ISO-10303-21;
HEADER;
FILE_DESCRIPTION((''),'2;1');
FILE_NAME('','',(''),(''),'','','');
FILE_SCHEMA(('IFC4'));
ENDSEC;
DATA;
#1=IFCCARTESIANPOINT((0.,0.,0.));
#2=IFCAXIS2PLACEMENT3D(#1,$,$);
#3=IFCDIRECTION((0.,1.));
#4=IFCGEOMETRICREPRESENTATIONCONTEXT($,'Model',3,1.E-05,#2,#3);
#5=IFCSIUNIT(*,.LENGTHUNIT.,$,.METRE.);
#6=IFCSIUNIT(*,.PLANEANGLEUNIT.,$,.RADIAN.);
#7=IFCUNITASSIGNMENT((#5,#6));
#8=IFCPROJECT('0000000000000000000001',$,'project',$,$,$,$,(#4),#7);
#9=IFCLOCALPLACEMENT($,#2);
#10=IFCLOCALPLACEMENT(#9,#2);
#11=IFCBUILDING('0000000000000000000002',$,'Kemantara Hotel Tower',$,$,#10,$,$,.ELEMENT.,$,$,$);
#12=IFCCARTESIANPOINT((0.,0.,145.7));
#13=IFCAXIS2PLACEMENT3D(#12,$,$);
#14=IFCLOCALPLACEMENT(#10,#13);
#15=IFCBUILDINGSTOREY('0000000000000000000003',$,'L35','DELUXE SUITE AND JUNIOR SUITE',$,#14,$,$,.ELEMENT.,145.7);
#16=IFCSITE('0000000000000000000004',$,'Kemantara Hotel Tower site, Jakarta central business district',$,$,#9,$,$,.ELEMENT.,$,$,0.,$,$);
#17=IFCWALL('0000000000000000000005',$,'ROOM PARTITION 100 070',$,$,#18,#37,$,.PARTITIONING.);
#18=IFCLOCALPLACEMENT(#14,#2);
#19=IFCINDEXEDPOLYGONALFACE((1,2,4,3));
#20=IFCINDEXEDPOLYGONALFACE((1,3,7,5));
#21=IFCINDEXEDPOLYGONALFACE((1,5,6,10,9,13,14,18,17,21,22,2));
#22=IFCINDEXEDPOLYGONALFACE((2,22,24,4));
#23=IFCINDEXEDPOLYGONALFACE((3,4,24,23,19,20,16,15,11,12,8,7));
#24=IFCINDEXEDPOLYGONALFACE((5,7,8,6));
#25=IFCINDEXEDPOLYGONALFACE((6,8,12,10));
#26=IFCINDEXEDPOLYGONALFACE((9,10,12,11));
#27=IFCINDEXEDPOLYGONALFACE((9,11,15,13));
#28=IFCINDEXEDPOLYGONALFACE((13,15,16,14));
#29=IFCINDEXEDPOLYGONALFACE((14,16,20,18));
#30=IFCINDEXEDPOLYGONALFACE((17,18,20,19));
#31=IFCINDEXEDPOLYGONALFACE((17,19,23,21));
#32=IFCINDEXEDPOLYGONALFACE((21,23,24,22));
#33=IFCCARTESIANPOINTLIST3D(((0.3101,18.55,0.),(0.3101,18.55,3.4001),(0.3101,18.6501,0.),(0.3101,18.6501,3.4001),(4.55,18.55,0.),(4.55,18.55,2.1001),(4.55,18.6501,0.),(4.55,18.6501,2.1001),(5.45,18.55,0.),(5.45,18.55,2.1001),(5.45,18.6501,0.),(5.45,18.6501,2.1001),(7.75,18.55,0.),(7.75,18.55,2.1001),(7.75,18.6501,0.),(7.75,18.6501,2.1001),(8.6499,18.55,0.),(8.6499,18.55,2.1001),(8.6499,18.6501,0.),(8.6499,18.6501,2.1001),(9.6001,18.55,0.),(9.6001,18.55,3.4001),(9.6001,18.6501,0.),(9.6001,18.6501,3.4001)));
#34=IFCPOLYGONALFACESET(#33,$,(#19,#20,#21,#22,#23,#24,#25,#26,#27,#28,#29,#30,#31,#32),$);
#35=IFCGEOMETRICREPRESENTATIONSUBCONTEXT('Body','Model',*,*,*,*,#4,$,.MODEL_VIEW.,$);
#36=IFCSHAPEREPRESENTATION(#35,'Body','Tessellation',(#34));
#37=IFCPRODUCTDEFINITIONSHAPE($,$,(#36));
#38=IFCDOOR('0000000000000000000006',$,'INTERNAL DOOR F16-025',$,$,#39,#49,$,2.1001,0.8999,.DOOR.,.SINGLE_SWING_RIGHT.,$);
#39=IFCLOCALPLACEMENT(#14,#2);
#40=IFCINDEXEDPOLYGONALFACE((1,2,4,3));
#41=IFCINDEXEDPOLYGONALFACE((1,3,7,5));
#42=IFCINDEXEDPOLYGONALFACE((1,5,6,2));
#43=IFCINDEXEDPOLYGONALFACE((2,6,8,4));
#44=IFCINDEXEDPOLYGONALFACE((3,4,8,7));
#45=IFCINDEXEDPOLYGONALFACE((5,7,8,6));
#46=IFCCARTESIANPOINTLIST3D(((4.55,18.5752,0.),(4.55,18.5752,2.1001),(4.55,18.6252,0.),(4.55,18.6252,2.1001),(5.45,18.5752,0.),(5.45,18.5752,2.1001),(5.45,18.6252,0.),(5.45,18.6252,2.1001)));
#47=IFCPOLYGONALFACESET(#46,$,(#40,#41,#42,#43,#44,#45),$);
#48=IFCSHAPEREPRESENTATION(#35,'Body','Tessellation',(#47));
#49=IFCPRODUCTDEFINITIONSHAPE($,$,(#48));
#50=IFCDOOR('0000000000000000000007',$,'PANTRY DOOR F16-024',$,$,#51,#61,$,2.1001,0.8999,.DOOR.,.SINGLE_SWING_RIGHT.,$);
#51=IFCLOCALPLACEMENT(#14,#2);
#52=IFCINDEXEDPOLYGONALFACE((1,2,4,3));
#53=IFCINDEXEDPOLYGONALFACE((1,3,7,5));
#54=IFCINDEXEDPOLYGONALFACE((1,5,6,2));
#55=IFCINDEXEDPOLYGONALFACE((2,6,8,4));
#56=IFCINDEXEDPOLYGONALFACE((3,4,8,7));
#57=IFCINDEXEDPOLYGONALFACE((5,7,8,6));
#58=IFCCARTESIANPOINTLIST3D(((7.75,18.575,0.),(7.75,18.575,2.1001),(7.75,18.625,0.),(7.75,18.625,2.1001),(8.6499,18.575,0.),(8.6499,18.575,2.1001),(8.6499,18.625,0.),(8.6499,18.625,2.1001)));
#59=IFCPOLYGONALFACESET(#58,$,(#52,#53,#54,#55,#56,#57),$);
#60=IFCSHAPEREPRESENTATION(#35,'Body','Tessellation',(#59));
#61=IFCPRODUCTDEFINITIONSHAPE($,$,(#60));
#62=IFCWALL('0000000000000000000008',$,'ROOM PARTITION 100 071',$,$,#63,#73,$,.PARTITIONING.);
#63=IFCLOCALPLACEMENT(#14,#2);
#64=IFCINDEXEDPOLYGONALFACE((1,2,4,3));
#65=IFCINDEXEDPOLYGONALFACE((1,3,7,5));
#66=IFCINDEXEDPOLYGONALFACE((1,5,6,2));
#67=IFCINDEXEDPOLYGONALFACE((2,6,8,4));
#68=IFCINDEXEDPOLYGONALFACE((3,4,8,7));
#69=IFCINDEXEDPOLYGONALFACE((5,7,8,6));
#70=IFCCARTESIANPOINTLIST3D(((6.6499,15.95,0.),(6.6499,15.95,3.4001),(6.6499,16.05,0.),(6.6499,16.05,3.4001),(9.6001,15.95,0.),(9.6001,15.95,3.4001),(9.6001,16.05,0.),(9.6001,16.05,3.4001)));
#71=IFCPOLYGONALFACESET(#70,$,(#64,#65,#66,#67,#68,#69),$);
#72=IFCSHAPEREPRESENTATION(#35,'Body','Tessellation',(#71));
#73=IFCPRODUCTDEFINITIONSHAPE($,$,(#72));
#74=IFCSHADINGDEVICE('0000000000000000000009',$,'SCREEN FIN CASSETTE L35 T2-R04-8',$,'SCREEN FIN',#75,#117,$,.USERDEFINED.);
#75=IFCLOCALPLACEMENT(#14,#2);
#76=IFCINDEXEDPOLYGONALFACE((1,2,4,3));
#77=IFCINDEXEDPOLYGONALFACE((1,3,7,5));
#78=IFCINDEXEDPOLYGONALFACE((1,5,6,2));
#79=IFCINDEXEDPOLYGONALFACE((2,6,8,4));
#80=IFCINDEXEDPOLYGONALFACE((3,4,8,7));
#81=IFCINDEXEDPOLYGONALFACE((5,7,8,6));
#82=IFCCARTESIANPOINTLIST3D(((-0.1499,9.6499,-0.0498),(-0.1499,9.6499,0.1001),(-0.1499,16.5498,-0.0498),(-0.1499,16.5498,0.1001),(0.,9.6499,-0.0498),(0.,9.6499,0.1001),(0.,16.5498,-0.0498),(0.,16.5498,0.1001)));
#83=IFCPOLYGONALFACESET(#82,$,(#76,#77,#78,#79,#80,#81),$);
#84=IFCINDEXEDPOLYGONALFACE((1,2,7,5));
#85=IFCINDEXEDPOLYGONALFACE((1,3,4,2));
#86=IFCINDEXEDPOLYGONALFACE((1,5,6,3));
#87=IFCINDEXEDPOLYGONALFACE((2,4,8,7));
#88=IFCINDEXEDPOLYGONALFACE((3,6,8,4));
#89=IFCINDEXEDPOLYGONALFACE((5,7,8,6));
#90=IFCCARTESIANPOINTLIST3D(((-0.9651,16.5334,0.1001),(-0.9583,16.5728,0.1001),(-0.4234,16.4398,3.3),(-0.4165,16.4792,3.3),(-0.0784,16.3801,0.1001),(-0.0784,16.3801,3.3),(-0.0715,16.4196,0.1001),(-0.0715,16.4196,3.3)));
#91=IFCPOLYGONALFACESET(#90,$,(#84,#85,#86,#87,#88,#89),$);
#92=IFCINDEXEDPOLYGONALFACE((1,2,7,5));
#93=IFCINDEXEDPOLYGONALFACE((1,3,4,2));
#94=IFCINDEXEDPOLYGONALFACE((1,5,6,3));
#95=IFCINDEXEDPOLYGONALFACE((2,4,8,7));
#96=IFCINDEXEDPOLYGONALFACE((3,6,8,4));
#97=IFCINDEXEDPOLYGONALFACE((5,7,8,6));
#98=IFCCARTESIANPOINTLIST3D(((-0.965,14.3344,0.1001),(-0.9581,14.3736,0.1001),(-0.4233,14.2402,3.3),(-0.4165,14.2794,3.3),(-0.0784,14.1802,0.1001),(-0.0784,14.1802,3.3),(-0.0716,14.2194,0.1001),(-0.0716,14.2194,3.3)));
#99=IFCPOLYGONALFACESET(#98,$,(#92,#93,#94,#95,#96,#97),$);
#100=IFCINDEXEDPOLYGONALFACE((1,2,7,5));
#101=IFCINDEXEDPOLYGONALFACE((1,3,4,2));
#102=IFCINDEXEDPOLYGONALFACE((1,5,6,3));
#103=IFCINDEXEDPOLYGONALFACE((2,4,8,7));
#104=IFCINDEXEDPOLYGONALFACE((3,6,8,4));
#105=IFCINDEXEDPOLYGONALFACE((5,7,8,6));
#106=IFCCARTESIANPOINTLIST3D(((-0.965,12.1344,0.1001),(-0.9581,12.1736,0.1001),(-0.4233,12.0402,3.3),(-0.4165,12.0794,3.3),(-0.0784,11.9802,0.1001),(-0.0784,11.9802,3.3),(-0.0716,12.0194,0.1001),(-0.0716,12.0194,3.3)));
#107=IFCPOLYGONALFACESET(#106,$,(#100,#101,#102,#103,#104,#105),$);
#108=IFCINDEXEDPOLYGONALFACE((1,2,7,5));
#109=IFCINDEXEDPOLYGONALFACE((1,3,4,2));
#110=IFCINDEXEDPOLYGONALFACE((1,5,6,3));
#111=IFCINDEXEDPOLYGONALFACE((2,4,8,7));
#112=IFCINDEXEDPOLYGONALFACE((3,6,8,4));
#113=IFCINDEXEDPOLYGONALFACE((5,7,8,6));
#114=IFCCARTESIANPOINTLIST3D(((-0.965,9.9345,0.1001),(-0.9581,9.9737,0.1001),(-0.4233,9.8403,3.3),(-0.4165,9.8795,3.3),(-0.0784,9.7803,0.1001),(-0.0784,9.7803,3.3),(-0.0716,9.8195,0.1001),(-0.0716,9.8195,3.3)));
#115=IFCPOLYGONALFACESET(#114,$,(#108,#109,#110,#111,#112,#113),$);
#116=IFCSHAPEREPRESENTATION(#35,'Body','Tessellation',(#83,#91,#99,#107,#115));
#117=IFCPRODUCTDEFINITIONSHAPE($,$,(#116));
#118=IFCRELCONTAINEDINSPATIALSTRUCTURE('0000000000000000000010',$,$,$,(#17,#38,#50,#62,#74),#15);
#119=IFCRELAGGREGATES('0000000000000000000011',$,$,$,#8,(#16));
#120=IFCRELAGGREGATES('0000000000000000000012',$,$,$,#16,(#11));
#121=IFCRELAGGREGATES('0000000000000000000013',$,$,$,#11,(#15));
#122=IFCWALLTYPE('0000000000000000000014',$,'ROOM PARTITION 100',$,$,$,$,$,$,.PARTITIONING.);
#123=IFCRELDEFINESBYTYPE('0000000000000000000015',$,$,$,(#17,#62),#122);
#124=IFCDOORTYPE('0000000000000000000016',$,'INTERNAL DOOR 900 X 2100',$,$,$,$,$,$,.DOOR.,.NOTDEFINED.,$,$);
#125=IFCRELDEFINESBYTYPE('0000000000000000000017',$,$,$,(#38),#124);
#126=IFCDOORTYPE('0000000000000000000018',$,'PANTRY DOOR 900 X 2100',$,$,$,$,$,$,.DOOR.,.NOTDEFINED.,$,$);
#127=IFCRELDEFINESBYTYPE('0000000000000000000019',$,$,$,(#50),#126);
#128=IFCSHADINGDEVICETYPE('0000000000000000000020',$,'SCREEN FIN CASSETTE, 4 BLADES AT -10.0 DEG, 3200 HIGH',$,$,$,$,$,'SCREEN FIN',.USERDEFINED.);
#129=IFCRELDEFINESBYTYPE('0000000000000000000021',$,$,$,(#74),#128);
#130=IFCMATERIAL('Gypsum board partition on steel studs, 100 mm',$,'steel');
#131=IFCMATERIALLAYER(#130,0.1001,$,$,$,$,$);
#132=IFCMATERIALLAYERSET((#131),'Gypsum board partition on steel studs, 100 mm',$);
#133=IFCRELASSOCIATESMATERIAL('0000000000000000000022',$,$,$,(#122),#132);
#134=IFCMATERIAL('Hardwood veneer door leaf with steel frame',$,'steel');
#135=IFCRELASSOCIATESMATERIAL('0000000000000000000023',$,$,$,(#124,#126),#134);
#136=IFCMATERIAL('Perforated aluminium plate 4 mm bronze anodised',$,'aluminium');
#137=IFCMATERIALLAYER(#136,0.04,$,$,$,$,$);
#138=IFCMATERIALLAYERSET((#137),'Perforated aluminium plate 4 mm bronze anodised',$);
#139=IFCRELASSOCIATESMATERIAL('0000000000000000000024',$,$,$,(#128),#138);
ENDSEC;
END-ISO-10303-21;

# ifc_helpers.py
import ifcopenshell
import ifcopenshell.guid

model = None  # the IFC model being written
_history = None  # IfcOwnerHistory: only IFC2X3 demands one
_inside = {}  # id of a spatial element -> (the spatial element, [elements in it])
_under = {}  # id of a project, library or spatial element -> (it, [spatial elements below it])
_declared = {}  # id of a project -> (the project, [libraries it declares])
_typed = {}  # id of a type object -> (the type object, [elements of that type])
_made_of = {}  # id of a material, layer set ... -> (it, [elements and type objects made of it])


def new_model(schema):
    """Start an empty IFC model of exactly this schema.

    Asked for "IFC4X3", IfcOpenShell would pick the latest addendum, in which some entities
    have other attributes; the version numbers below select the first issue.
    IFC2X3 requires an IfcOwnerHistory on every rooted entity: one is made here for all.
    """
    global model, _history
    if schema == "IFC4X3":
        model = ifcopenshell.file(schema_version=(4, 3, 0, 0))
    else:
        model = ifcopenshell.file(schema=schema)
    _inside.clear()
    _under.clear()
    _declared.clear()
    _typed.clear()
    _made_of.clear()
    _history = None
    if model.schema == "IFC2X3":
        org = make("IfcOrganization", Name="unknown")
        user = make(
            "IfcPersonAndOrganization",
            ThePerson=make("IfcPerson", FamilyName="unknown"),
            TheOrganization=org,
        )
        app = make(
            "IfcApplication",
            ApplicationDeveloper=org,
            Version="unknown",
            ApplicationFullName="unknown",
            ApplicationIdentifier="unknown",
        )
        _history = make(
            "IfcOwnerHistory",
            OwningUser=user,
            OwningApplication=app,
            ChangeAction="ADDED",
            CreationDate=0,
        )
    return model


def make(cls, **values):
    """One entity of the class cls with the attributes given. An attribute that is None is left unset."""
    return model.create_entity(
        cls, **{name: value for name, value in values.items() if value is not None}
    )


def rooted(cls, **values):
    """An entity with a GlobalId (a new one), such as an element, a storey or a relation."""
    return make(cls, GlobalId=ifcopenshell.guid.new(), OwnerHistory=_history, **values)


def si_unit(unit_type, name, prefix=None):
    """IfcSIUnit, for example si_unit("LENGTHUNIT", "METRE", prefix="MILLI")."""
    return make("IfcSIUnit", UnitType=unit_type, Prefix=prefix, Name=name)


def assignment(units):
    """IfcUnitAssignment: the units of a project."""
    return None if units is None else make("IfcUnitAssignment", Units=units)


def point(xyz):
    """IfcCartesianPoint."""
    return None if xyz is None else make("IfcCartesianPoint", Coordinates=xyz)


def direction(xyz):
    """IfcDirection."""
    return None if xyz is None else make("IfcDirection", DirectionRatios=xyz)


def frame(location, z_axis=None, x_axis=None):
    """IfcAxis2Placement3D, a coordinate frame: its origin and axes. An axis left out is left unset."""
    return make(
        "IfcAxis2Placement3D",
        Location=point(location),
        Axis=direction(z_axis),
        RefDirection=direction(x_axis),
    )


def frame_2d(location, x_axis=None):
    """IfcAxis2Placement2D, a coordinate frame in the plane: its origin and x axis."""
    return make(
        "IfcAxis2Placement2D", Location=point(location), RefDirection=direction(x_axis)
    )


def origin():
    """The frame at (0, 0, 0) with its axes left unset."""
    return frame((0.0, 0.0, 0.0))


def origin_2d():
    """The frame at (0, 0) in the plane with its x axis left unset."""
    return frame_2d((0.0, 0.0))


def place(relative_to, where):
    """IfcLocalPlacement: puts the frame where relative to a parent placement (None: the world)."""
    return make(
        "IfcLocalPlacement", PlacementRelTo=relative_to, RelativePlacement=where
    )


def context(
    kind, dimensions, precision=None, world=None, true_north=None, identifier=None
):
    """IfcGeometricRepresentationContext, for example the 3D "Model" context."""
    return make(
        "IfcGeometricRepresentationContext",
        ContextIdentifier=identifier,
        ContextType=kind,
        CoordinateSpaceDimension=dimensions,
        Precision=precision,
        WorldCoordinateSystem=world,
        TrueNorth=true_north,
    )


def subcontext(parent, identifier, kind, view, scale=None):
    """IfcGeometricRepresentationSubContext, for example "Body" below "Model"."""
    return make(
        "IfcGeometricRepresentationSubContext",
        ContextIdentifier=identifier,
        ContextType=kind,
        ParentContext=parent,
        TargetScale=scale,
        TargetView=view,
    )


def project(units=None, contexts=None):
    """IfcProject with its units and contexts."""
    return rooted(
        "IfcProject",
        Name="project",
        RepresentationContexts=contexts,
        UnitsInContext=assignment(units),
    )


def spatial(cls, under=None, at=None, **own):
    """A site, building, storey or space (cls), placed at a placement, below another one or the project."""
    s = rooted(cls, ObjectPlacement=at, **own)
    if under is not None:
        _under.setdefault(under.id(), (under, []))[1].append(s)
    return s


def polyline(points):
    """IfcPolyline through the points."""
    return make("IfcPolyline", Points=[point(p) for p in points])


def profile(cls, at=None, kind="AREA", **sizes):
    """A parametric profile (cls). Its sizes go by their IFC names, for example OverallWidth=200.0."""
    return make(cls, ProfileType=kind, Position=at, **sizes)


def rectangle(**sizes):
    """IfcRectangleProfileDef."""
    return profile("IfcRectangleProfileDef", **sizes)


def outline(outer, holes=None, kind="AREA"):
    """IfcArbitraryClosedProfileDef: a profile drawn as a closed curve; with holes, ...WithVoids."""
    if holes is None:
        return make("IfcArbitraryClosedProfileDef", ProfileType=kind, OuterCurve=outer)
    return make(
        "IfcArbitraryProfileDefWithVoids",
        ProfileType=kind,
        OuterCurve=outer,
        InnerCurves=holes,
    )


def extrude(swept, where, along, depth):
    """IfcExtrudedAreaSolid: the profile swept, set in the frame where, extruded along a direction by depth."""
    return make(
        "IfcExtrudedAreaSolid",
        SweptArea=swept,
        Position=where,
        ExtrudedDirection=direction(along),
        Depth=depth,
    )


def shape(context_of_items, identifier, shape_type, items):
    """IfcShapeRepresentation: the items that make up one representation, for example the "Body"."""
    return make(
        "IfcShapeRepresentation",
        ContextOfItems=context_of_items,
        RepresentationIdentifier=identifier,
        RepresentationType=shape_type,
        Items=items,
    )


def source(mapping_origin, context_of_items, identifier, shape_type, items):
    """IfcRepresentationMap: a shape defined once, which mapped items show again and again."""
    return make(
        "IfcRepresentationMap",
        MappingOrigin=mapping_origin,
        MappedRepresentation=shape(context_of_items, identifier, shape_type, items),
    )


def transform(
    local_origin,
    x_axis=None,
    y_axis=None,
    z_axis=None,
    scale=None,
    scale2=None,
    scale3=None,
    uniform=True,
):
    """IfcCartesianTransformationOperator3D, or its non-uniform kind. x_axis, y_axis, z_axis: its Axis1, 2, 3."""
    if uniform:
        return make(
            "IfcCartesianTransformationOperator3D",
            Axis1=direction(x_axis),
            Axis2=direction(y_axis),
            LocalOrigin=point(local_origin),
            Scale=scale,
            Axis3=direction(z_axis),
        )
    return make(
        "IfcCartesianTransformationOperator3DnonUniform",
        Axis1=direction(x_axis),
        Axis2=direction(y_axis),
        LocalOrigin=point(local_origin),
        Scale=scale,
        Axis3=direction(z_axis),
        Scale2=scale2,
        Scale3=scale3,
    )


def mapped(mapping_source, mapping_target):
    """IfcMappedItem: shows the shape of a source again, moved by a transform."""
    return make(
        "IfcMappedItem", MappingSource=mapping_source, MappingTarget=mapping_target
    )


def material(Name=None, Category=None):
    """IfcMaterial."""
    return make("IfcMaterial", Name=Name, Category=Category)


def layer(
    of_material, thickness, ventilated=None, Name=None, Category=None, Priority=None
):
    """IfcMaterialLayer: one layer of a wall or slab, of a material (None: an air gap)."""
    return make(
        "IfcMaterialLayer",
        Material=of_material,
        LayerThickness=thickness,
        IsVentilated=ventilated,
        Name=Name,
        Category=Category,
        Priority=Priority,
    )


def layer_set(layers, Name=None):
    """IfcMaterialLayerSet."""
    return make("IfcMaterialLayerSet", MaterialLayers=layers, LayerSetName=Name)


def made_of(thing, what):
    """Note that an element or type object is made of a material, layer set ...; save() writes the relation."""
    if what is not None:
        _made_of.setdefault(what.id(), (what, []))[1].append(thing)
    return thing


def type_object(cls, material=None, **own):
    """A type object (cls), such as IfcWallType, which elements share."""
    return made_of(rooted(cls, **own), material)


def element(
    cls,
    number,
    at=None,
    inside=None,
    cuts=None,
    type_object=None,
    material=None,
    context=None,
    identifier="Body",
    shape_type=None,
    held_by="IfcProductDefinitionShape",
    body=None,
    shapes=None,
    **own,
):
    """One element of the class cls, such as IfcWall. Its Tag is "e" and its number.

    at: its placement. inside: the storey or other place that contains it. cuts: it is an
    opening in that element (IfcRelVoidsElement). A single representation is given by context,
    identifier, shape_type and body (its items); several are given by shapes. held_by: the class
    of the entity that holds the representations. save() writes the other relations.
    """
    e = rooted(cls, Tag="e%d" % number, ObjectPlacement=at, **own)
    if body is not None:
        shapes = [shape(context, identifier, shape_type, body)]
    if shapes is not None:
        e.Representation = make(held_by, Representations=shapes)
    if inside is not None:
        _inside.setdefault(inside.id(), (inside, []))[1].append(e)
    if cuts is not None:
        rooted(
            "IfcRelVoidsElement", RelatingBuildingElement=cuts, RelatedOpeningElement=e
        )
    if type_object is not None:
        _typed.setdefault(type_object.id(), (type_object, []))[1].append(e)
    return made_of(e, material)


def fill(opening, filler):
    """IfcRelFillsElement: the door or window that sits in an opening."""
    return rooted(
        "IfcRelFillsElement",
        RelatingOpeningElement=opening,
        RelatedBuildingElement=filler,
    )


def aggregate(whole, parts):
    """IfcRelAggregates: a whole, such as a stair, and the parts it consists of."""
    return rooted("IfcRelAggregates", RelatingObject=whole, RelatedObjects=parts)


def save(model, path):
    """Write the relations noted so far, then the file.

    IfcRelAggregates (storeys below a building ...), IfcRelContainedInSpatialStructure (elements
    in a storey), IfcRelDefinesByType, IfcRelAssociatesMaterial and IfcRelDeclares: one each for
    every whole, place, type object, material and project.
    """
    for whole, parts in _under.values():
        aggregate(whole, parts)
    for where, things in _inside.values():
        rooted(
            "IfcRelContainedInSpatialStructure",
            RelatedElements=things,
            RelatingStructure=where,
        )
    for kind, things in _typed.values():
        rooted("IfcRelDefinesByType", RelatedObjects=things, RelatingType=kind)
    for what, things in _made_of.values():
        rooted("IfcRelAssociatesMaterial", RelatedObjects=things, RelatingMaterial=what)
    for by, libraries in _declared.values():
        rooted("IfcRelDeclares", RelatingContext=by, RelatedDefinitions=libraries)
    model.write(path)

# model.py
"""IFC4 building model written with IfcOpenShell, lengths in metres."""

from ifc_helpers import new_model, si_unit, direction, frame, frame_2d, origin, origin_2d, place, context, subcontext, project, spatial, polyline, rectangle, outline, extrude, source, transform, mapped, material, layer, layer_set, type_object, element, fill, save


model = new_model("IFC4")

# Units and contexts
model_context = context("Model", 3, precision=1e-05, world=origin(), true_north=direction((0.0, 1.0)))
body_context = subcontext(model_context, "Body", "Model", "MODEL_VIEW")
ifc_project = project(units=[si_unit("LENGTHUNIT", "METRE"), si_unit("PLANEANGLEUNIT", "RADIAN")], contexts=[model_context])

# Site, building, storey
site_placement = place(None, origin())
site = spatial("IfcSite", under=ifc_project, at=site_placement, Name="Kemantara Hotel Tower site, Jakarta central business district", CompositionType="ELEMENT", RefElevation=0.0)
building_placement = place(site_placement, origin())
building = spatial("IfcBuilding", under=site, at=building_placement, Name="Kemantara Hotel Tower", CompositionType="ELEMENT")
storey_placement = place(building_placement, frame((0.0, 0.0, 145.7)))
storey = spatial("IfcBuildingStorey", under=building, at=storey_placement, Name="L35", Description="DELUXE SUITE AND JUNIOR SUITE", CompositionType="ELEMENT", Elevation=145.7)

# Shared definitions
ifc_material_1 = material(Name="Hardwood veneer door leaf with steel frame", Category="steel")

# Shared definitions
ifc_material_2 = material(Name="Gypsum board partition on steel studs, 100 mm", Category="steel")
ifc_layer_1 = layer(ifc_material_2, 0.1001)
ifc_layer_set_1 = layer_set([ifc_layer_1], Name="Gypsum board partition on steel studs, 100 mm")
wall_type_1 = type_object("IfcWallType", Name="ROOM PARTITION 100", PredefinedType="PARTITIONING", material=ifc_layer_set_1)

# Wall, openings, doors
wall_1_placement = place(storey_placement, frame((0.3101, 18.6001, 0.0), z_axis=(0.0, 0.0, 1.0), x_axis=(1.0, 0.0, 0.0)))
wall_1 = element("IfcWall", 1, at=wall_1_placement, inside=storey, type_object=wall_type_1, Name="ROOM PARTITION 100 070", PredefinedType="PARTITIONING", context=body_context, shape_type="SweptSolid", body=[
    extrude(rectangle(XDim=9.29, YDim=0.1001, at=frame_2d((4.645, 0.0))), origin(), (0.0, 0.0, 1.0), 3.4001),
])
opening_1_placement = place(wall_1_placement, frame((7.4399, 0.0, 0.0)))
opening_1 = element("IfcOpeningElement", 2, at=opening_1_placement, cuts=wall_1, PredefinedType="OPENING", context=body_context, shape_type="SweptSolid", body=[
    extrude(rectangle(XDim=0.8999, YDim=2.1001, at=frame_2d((0.45, 1.05))), frame((0.0, 0.0601, 0.0), z_axis=(0.0, -1.0, 0.0), x_axis=(1.0, 0.0, 0.0)), (0.0, 0.0, 1.0), 0.1201),
])
opening_2_placement = place(wall_1_placement, frame((4.24, 0.0, 0.0)))
opening_2 = element("IfcOpeningElement", 3, at=opening_2_placement, cuts=wall_1, PredefinedType="OPENING", context=body_context, shape_type="SweptSolid", body=[
    extrude(rectangle(XDim=0.8999, YDim=2.1001, at=frame_2d((0.45, 1.05))), frame((0.0, 0.0601, 0.0), z_axis=(0.0, -1.0, 0.0), x_axis=(1.0, 0.0, 0.0)), (0.0, 0.0, 1.0), 0.1201),
])
door_type_1 = type_object("IfcDoorType", Name="INTERNAL DOOR 900 X 2100", OperationType="NOTDEFINED", PredefinedType="DOOR", material=ifc_material_1)
door_1_placement = place(opening_2_placement, frame((0.8999, 0.0, 0.0), z_axis=(0.0, 0.0, 1.0), x_axis=(-1.0, 0.0, 0.0)))
door_1 = element("IfcDoor", 4, at=door_1_placement, inside=storey, type_object=door_type_1, Name="INTERNAL DOOR F16-025", OperationType="SINGLE_SWING_RIGHT", OverallHeight=2.1001, OverallWidth=0.8999, PredefinedType="DOOR", context=body_context, shape_type="SweptSolid", body=[
    extrude(rectangle(XDim=0.8999, YDim=2.1001, at=frame_2d((0.45, 1.05))), frame((0.0, 0.0249, 0.0), z_axis=(0.0, -1.0, 0.0), x_axis=(1.0, 0.0, 0.0)), (0.0, 0.0, 1.0), 0.05),
])
fill(opening_2, door_1)
door_type_2 = type_object("IfcDoorType", Name="PANTRY DOOR 900 X 2100", OperationType="NOTDEFINED", PredefinedType="DOOR", material=ifc_material_1)
door_2_placement = place(opening_1_placement, origin())
door_2 = element("IfcDoor", 5, at=door_2_placement, inside=storey, type_object=door_type_2, Name="PANTRY DOOR F16-024", OperationType="SINGLE_SWING_RIGHT", OverallHeight=2.1001, OverallWidth=0.8999, PredefinedType="DOOR", context=body_context, shape_type="SweptSolid", body=[
    extrude(rectangle(XDim=0.8999, YDim=2.1001, at=frame_2d((0.45, 1.05))), frame((0.0, 0.0249, 0.0), z_axis=(0.0, -1.0, 0.0), x_axis=(1.0, 0.0, 0.0)), (0.0, 0.0, 1.0), 0.05),
])
fill(opening_1, door_2)

# Wall
wall_2_placement = place(storey_placement, frame((6.6499, 16.0, 0.0), z_axis=(0.0, 0.0, 1.0), x_axis=(1.0, 0.0, 0.0)))
element("IfcWall", 6, at=wall_2_placement, inside=storey, type_object=wall_type_1, Name="ROOM PARTITION 100 071", PredefinedType="PARTITIONING", context=body_context, shape_type="SweptSolid", body=[
    extrude(rectangle(XDim=2.9502, YDim=0.1001, at=frame_2d((1.4751, 0.0))), origin(), (0.0, 0.0, 1.0), 3.4001),
])

# Shading device
ifc_material_3 = material(Name="Perforated aluminium plate 4 mm bronze anodised", Category="aluminium")
ifc_layer_2 = layer(ifc_material_3, 0.04)
ifc_layer_set_2 = layer_set([ifc_layer_2], Name="Perforated aluminium plate 4 mm bronze anodised")
shading_device_type = type_object("IfcShadingDeviceType", Name="SCREEN FIN CASSETTE, 4 BLADES AT -10.0 DEG, 3200 HIGH", ElementType="SCREEN FIN", PredefinedType="USERDEFINED", material=ifc_layer_set_2)
shared_shape = source(origin(), body_context, "Body", "SweptSolid", [
    extrude(rectangle(XDim=6.8999, YDim=0.1499, at=origin_2d()), frame((3.3, -0.075, -0.1499), z_axis=(0.0, 0.0, 1.0), x_axis=(1.0, 0.0, 0.0)), (0.0, 0.0, 1.0), 0.1499),
    extrude(outline(polyline([(0.0, 0.0), (0.8999, 0.0), (0.3501, 3.2), (0.0, 3.2), (0.0, 0.0)])), frame((0.0198, -0.0784, 0.0), z_axis=(-0.98539, 0.170314, 0.0), x_axis=(-0.170314, -0.98539, 0.0)), (0.0, 0.0, 1.0), 0.04),
    extrude(outline(polyline([(0.0, 0.0), (0.8999, 0.0), (0.3501, 3.2), (0.0, 3.2), (0.0, 0.0)])), frame((2.2197, -0.0784, 0.0), z_axis=(-0.985212, 0.171341, 0.0), x_axis=(-0.171341, -0.985212, 0.0)), (0.0, 0.0, 1.0), 0.0398),
    extrude(outline(polyline([(0.0, 0.0), (0.8999, 0.0), (0.3501, 3.2), (0.0, 3.2), (0.0, 0.0)])), frame((4.4197, -0.0784, 0.0), z_axis=(-0.985212, 0.171341, 0.0), x_axis=(-0.171341, -0.985212, 0.0)), (0.0, 0.0, 1.0), 0.0398),
    extrude(outline(polyline([(0.0, 0.0), (0.8999, 0.0), (0.3501, 3.2), (0.0, 3.2), (0.0, 0.0)])), frame((6.6196, -0.0784, 0.0), z_axis=(-0.985212, 0.171341, 0.0), x_axis=(-0.171341, -0.985212, 0.0)), (0.0, 0.0, 1.0), 0.0398),
])
shading_device_placement = place(storey_placement, frame((0.0, 16.3999, 0.1001), z_axis=(0.0, 0.0, 1.0), x_axis=(0.0, -1.0, 0.0)))
element("IfcShadingDevice", 7, at=shading_device_placement, inside=storey, type_object=shading_device_type, Name="SCREEN FIN CASSETTE L35 T2-R04-8", ObjectType="SCREEN FIN", PredefinedType="USERDEFINED", context=body_context, shape_type="MappedRepresentation", body=[
    mapped(shared_shape, transform((0.0, 0.0, 0.0))),
])

save(model, "model.ifc")
